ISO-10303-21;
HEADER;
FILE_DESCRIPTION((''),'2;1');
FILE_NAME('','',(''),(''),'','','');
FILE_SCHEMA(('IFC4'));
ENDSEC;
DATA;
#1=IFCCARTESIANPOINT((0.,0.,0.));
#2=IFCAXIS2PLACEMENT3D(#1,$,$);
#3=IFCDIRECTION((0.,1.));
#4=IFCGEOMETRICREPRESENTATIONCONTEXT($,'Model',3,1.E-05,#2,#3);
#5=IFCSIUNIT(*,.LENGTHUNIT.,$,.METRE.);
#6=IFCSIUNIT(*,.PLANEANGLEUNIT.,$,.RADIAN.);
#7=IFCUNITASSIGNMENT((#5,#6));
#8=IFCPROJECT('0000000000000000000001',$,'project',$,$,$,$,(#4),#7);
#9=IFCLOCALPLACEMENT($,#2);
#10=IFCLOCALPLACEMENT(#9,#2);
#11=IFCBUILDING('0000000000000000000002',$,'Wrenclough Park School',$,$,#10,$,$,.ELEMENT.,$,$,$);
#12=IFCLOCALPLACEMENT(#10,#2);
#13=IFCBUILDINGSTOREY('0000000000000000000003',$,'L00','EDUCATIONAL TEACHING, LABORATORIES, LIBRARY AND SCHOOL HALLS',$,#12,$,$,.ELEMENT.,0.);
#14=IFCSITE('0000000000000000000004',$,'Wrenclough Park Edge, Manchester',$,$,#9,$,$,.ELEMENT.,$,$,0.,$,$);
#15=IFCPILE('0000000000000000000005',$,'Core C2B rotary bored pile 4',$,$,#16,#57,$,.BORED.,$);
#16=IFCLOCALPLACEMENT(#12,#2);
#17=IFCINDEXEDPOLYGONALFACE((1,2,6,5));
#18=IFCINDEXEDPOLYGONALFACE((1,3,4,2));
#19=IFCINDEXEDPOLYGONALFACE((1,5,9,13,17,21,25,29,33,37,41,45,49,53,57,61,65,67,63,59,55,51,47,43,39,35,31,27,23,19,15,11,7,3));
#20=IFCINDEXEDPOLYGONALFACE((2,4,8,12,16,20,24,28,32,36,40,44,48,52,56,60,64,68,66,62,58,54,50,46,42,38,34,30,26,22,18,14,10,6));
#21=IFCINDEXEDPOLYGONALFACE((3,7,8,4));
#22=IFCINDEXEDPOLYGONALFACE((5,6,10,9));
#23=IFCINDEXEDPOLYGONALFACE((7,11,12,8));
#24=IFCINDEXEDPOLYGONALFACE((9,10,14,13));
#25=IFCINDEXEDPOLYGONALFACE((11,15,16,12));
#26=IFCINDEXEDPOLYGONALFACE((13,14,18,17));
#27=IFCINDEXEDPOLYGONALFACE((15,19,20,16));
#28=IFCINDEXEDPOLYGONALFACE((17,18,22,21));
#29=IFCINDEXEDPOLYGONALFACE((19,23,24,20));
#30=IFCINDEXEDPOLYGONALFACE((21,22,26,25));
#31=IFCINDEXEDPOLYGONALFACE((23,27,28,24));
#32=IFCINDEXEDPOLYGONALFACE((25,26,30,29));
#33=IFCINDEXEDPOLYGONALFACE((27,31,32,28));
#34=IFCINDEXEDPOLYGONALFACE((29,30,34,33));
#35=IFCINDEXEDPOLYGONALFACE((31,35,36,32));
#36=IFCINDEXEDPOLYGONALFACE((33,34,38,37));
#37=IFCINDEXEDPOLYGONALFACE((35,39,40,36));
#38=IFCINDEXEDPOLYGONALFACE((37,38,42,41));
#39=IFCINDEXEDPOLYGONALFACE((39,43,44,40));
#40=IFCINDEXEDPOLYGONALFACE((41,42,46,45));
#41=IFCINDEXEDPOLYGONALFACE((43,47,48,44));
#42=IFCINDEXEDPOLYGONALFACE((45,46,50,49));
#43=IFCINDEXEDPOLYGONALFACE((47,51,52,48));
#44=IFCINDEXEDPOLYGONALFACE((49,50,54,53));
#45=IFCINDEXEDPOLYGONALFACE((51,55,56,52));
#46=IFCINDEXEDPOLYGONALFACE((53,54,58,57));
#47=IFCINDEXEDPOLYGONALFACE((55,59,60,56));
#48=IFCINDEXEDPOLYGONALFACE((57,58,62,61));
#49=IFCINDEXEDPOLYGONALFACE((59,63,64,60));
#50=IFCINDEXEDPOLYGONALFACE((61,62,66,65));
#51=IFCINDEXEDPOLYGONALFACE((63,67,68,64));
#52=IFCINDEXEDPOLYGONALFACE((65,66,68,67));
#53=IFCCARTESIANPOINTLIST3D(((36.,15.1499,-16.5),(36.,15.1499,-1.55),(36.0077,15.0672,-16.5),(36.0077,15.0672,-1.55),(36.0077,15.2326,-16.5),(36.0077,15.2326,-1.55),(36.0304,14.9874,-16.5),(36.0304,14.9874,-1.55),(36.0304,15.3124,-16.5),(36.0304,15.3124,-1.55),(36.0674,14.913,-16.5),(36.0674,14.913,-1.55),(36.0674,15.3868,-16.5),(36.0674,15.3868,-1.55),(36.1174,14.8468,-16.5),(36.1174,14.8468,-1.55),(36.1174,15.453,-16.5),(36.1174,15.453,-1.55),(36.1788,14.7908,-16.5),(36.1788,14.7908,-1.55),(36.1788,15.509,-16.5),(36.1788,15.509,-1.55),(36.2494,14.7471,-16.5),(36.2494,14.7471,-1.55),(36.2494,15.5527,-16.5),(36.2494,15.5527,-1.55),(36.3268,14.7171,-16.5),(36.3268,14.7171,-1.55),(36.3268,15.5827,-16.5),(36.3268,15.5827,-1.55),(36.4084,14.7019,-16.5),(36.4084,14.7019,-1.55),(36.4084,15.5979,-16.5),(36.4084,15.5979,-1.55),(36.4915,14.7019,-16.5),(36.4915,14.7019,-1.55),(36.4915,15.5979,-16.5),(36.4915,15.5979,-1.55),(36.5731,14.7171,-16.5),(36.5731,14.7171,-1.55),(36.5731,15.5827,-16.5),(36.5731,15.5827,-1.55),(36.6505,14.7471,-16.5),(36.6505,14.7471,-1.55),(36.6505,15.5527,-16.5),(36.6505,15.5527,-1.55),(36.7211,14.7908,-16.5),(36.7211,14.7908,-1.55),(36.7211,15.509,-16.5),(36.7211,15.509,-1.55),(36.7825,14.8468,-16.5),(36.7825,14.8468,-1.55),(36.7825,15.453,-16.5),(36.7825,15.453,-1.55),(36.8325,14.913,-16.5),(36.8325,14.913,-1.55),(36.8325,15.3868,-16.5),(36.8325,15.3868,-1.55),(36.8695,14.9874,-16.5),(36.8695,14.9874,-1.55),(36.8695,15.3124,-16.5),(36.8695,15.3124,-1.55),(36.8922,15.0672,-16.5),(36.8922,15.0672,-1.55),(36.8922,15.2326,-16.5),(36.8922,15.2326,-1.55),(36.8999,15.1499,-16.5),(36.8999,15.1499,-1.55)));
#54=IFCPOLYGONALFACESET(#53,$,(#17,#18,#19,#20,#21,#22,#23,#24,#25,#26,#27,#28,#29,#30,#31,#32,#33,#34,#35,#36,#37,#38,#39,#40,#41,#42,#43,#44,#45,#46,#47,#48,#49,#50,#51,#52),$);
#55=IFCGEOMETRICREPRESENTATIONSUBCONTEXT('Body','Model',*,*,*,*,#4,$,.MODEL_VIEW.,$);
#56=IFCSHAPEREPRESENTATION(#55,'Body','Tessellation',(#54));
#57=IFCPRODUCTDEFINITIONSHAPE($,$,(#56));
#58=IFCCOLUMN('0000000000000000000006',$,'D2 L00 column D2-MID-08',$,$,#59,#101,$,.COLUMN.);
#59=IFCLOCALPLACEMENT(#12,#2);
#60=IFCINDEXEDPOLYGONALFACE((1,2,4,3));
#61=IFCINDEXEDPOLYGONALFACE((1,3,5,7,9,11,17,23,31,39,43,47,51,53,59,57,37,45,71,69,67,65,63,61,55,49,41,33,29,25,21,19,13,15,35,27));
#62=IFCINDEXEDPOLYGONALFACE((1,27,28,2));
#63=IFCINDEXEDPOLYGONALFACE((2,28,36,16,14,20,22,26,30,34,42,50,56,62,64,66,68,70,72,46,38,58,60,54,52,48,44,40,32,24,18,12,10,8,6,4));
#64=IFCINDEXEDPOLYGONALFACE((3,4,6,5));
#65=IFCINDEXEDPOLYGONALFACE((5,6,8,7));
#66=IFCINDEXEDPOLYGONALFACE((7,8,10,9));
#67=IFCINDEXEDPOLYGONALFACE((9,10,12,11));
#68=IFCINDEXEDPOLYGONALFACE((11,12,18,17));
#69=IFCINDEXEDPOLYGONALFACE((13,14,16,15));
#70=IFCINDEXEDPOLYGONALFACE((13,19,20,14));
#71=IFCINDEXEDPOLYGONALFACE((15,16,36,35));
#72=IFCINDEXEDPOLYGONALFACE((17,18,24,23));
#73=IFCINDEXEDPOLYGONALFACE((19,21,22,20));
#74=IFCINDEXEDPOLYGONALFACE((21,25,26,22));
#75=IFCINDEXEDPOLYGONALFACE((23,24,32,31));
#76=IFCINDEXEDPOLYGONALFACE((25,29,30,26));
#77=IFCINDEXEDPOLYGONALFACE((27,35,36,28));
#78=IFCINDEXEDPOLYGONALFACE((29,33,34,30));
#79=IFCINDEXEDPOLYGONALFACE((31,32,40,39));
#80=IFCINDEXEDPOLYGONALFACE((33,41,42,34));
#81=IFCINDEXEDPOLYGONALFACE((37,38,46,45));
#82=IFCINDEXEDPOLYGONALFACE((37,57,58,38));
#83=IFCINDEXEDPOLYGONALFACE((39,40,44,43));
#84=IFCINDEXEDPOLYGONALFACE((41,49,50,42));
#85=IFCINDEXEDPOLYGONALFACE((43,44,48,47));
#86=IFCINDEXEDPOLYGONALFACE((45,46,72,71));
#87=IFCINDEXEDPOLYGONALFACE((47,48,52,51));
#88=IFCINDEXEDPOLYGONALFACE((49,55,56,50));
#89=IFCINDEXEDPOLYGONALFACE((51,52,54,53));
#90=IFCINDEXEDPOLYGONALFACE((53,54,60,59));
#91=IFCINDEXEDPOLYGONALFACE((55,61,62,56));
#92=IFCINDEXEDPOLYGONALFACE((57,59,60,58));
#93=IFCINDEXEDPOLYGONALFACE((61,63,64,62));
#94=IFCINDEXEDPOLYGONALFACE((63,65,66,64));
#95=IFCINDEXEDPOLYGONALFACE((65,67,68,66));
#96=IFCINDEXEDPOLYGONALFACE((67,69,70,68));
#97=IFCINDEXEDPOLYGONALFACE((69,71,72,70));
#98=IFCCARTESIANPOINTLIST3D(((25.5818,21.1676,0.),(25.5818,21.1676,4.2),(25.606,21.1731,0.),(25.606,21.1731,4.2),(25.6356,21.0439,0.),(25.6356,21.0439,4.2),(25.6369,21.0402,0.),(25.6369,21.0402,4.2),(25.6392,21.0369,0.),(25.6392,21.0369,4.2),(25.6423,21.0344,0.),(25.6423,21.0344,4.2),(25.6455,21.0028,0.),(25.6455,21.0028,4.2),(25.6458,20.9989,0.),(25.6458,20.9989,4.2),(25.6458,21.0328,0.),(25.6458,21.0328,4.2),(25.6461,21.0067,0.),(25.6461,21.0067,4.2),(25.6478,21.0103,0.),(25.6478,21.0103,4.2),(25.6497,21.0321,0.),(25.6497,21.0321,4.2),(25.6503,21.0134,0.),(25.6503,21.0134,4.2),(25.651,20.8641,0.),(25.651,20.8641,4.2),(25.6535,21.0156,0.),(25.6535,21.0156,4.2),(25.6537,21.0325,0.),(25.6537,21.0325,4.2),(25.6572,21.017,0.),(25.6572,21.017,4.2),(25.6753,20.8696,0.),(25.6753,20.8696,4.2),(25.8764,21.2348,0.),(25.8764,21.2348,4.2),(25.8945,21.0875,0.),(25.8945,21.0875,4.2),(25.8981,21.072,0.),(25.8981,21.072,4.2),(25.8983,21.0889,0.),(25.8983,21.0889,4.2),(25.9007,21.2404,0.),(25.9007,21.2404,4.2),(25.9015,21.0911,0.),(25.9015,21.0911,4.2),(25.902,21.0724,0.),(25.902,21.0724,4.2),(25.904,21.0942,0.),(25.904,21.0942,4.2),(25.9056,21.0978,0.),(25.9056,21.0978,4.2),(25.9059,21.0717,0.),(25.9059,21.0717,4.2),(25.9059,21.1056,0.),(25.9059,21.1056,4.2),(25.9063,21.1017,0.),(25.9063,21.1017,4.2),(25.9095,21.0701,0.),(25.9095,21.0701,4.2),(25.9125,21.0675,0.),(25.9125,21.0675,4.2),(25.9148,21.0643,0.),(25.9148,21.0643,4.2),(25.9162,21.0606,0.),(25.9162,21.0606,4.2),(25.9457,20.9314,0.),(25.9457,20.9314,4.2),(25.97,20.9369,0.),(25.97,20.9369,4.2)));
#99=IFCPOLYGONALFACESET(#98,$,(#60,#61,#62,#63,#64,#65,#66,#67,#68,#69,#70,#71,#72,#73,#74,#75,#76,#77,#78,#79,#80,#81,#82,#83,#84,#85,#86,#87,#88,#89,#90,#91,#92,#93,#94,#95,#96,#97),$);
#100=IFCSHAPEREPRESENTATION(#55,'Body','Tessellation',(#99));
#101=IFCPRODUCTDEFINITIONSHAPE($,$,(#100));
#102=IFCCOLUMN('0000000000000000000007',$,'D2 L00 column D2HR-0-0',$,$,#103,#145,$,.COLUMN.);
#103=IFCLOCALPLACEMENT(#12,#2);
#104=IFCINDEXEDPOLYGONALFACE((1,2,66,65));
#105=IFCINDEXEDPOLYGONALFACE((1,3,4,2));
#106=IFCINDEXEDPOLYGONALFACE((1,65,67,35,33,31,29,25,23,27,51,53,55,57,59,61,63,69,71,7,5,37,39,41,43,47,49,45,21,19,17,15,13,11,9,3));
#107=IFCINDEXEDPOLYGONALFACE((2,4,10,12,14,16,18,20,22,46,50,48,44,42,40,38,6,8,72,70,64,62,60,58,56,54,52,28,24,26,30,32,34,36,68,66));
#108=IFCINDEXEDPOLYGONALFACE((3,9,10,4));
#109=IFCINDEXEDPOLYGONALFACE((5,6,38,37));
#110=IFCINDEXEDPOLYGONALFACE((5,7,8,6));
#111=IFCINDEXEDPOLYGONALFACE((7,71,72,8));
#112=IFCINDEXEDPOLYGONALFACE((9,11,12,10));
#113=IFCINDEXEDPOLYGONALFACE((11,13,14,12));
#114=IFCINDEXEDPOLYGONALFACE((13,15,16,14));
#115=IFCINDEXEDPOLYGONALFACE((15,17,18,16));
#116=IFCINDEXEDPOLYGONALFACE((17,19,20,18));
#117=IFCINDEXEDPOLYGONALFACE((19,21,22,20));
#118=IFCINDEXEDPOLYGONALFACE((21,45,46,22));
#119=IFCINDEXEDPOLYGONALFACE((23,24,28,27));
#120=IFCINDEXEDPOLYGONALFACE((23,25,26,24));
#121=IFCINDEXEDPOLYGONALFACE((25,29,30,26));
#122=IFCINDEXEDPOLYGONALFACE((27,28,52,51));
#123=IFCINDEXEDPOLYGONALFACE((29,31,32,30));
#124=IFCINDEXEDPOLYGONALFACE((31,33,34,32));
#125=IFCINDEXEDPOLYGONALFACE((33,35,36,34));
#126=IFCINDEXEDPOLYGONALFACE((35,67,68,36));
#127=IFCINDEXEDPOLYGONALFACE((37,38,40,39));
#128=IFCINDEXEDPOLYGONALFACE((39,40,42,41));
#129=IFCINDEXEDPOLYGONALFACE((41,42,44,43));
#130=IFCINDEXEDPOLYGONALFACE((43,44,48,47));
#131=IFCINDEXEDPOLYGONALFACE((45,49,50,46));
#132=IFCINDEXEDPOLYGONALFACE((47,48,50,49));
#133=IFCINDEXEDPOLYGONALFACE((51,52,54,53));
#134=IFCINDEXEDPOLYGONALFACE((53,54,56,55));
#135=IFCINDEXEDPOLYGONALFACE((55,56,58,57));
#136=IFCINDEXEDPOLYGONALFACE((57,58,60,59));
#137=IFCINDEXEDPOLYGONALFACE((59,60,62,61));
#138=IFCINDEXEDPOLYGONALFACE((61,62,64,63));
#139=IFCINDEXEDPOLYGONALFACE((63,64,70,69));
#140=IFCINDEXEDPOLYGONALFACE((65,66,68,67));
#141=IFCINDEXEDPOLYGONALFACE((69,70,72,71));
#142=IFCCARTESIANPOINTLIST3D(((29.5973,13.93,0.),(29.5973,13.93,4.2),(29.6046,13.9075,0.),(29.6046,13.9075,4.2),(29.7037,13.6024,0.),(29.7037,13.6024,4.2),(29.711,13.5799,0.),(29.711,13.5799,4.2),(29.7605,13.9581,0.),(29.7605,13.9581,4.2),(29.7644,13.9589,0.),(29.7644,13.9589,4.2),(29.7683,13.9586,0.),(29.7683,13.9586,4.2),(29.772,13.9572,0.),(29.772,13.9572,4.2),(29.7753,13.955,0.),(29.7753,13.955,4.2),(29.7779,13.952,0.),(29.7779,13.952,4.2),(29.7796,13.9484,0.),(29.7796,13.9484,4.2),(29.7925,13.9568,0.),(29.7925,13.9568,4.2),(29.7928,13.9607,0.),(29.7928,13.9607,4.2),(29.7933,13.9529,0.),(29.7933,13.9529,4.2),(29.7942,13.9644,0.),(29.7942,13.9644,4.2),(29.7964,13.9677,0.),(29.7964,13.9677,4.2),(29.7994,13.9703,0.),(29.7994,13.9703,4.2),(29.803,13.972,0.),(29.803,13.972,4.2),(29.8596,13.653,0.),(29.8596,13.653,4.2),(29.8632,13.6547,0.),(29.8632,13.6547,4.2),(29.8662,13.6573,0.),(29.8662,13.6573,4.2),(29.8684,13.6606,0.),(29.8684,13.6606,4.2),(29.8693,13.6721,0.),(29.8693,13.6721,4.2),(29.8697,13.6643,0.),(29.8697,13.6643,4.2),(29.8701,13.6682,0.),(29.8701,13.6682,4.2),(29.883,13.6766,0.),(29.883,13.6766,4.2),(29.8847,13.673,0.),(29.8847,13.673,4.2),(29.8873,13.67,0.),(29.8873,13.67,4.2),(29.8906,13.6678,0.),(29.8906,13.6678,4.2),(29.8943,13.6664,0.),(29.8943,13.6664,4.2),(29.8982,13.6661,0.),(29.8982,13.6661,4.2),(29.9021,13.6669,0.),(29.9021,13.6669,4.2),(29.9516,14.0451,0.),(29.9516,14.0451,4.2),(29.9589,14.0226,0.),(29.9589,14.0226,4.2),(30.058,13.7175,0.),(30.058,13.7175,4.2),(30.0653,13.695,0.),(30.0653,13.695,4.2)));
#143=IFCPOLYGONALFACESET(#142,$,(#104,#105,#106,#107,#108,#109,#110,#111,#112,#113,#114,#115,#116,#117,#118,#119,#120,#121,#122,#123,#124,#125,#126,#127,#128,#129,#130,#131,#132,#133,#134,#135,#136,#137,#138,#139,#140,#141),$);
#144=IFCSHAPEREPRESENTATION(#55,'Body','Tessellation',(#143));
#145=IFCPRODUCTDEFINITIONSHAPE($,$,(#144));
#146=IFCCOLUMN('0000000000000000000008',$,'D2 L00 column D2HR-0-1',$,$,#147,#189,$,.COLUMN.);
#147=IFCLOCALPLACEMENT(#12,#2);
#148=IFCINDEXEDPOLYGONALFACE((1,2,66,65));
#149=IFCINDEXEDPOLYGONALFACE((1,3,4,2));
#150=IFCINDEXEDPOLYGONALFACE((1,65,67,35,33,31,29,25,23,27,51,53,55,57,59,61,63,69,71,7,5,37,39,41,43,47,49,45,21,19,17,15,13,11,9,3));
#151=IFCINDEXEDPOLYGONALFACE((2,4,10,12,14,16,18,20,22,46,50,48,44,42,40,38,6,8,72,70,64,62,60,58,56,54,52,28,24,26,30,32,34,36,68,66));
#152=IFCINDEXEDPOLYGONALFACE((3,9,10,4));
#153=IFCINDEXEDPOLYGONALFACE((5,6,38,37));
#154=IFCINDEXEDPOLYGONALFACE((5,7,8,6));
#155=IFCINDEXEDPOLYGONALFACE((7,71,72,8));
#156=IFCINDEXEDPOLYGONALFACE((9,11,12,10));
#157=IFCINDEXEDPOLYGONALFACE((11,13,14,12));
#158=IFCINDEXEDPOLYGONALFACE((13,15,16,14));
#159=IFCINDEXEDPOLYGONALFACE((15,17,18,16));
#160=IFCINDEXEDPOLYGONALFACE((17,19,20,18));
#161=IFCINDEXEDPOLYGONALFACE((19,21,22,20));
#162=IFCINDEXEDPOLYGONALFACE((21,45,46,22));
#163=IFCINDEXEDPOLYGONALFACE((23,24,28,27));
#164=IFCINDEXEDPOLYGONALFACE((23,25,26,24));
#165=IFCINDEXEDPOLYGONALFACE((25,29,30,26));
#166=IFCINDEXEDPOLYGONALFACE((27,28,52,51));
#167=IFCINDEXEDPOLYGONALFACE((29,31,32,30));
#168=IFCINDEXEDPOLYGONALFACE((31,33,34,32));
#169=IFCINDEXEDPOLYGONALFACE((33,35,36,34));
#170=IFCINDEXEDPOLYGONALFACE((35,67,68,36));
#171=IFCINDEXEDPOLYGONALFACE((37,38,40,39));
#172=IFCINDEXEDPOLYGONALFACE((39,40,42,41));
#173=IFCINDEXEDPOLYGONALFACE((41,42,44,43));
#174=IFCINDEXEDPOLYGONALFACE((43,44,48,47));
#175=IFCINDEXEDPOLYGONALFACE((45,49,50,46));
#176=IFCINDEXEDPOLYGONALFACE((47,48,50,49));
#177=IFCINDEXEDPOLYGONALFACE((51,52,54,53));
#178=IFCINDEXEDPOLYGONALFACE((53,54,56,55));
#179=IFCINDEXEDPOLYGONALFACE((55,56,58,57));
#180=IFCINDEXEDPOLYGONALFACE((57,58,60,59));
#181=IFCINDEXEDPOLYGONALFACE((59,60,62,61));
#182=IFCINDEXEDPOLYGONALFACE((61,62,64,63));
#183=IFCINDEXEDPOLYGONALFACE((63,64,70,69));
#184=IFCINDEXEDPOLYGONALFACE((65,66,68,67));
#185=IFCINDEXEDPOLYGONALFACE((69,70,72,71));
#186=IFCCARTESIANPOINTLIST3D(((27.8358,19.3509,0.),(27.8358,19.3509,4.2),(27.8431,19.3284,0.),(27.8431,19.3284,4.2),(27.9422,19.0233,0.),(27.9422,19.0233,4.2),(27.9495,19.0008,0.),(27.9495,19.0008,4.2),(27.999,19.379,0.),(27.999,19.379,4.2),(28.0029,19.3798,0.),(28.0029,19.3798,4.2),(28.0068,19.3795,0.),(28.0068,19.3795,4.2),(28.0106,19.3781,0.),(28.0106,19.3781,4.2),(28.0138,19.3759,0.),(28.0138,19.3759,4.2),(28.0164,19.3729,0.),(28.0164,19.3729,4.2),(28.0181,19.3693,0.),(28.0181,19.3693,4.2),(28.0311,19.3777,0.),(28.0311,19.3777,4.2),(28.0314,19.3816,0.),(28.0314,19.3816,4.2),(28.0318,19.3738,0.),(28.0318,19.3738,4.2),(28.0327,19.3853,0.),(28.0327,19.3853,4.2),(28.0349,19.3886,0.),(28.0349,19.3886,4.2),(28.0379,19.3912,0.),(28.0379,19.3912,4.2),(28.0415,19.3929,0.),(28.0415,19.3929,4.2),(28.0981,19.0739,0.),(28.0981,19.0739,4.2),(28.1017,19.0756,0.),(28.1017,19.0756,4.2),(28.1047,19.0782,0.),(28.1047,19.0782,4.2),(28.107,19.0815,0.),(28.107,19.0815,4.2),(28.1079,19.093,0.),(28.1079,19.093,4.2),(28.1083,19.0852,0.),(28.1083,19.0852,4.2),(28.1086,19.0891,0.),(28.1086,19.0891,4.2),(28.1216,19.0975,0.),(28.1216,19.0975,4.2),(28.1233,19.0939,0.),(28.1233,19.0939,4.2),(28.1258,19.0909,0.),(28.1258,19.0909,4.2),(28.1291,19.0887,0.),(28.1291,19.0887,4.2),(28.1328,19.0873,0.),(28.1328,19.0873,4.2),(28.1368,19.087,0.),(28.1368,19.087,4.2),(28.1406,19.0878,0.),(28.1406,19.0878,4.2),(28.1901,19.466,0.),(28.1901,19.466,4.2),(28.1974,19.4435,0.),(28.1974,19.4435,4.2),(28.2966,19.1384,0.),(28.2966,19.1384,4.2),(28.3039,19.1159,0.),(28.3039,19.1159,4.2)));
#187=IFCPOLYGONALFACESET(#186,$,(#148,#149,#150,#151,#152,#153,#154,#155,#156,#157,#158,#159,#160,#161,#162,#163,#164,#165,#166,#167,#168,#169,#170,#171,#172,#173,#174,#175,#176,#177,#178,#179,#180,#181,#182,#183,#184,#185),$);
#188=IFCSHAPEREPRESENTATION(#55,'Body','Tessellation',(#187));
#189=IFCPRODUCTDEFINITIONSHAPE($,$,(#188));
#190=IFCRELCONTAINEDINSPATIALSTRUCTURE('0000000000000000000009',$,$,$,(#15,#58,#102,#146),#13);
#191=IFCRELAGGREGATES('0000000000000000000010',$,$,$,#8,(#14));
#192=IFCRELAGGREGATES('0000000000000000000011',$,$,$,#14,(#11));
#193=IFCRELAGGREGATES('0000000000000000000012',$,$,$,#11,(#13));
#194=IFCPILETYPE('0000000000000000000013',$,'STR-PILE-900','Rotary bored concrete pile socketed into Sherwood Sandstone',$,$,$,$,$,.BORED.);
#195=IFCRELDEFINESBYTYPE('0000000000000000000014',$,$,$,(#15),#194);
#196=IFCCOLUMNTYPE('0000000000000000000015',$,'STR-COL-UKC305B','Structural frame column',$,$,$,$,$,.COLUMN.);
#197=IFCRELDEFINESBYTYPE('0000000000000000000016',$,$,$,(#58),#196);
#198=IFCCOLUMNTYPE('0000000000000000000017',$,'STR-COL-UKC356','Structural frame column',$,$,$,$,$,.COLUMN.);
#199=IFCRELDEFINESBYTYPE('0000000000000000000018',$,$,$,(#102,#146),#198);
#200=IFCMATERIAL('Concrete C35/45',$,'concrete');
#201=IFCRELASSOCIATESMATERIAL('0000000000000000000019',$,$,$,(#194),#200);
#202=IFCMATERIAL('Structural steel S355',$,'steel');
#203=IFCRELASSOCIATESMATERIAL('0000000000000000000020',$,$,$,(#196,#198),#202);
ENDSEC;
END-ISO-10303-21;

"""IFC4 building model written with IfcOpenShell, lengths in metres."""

from ifc_helpers import new_model, si_unit, direction, frame, origin, origin_2d, place, context, subcontext, project, spatial, circle, i_section, extrude, material, material_profile, profile_set, type_object, element, save


model = new_model("IFC4")

# Units and contexts
model_context = context("Model", 3, precision=1e-05, world=origin(), true_north=direction((0.0, 1.0)))
body_context = subcontext(model_context, "Body", "Model", "MODEL_VIEW")
ifc_project = project(units=[si_unit("LENGTHUNIT", "METRE"), si_unit("PLANEANGLEUNIT", "RADIAN")], contexts=[model_context])

# Site, building, storey
site_placement = place(None, origin())
site = spatial("IfcSite", under=ifc_project, at=site_placement, Name="Wrenclough Park Edge, Manchester", CompositionType="ELEMENT", RefElevation=0.0)
building_placement = place(site_placement, origin())
building = spatial("IfcBuilding", under=site, at=building_placement, Name="Wrenclough Park School", CompositionType="ELEMENT")
storey_placement = place(building_placement, origin())
storey = spatial("IfcBuildingStorey", under=building, at=storey_placement, Name="L00", Description="EDUCATIONAL TEACHING, LABORATORIES, LIBRARY AND SCHOOL HALLS", CompositionType="ELEMENT", Elevation=0.0)

# Shared definitions
ifc_material_1 = material(Name="Concrete C35/45", Category="concrete")

# Pile
ifc_material_profile_1 = material_profile(ifc_material_1, circle(Radius=0.45, at=origin_2d()), Name="BORED PILE D900")
ifc_profile_set_1 = profile_set([ifc_material_profile_1], Name="Concrete C35/45")
pile_type_1 = type_object("IfcPileType", Name="STR-PILE-900", Description="Rotary bored concrete pile socketed into Sherwood Sandstone", PredefinedType="BORED", material=ifc_profile_set_1)
for number, where, z_axis, x_axis, name in (
    (1, (36.45, 15.1499, -1.55), (0.0, 0.0, -1.0), (1.0, 0.0, 0.0), "Core C2B rotary bored pile 4"),
):
    element("IfcPile", number, at=place(storey_placement, frame(where, z_axis=z_axis, x_axis=x_axis)), inside=storey, type_object=pile_type_1, Name=name, PredefinedType="BORED", context=body_context, shape_type="SweptSolid", body=[
        extrude(circle(Radius=0.45, at=origin_2d()), origin(), (0.0, 0.0, 1.0), 14.95),
    ])

# Columns
ifc_material_2 = material(Name="Structural steel S355", Category="steel")
ifc_material_profile_2 = material_profile(ifc_material_2, i_section(OverallWidth=0.3113, OverallDepth=0.3271, WebThickness=0.0159, FlangeThickness=0.0249, FilletRadius=0.0151, at=origin_2d()), Name="UKC 305x305x158")
ifc_profile_set_2 = profile_set([ifc_material_profile_2], Name="Structural steel S355")
column_type_1 = type_object("IfcColumnType", Name="STR-COL-UKC305B", Description="Structural frame column", PredefinedType="COLUMN", material=ifc_profile_set_2)
column_placement = place(storey_placement, frame((25.7759, 21.0522, 0.0), z_axis=(0.0, 0.0, 1.0), x_axis=(0.22257, -0.974917, 0.0)))
element("IfcColumn", 2, at=column_placement, inside=storey, type_object=column_type_1, Name="D2 L00 column D2-MID-08", PredefinedType="COLUMN", context=body_context, shape_type="SweptSolid", body=[
    extrude(i_section(OverallWidth=0.3113, OverallDepth=0.3271, WebThickness=0.0159, FlangeThickness=0.0249, FilletRadius=0.0151, at=origin_2d()), origin(), (0.0, 0.0, 1.0), 4.2),
])
ifc_material_profile_3 = material_profile(ifc_material_2, i_section(OverallWidth=0.3726, OverallDepth=0.3682, WebThickness=0.0144, FlangeThickness=0.0237, FilletRadius=0.0151, at=origin_2d()), Name="UKC 356x368x177")
ifc_profile_set_3 = profile_set([ifc_material_profile_3], Name="Structural steel S355")
column_type_2 = type_object("IfcColumnType", Name="STR-COL-UKC356", Description="Structural frame column", PredefinedType="COLUMN", material=ifc_profile_set_3)
for number, where, z_axis, x_axis, name in (
    (3, (29.8313, 13.8125, 0.0), (0.0, 0.0, 1.0), (0.951057, 0.309017, 0.0), "D2 L00 column D2HR-0-0"),
    (4, (28.0698, 19.2334, 0.0), (0.0, 0.0, 1.0), (0.951057, 0.309017, 0.0), "D2 L00 column D2HR-0-1"),
):
    element("IfcColumn", number, at=place(storey_placement, frame(where, z_axis=z_axis, x_axis=x_axis)), inside=storey, type_object=column_type_2, Name=name, PredefinedType="COLUMN", context=body_context, shape_type="SweptSolid", body=[
        extrude(i_section(OverallWidth=0.3726, OverallDepth=0.3682, WebThickness=0.0144, FlangeThickness=0.0237, FilletRadius=0.0151, at=origin_2d()), origin(), (0.0, 0.0, 1.0), 4.2),
    ])

save(model, "model.ifc")
